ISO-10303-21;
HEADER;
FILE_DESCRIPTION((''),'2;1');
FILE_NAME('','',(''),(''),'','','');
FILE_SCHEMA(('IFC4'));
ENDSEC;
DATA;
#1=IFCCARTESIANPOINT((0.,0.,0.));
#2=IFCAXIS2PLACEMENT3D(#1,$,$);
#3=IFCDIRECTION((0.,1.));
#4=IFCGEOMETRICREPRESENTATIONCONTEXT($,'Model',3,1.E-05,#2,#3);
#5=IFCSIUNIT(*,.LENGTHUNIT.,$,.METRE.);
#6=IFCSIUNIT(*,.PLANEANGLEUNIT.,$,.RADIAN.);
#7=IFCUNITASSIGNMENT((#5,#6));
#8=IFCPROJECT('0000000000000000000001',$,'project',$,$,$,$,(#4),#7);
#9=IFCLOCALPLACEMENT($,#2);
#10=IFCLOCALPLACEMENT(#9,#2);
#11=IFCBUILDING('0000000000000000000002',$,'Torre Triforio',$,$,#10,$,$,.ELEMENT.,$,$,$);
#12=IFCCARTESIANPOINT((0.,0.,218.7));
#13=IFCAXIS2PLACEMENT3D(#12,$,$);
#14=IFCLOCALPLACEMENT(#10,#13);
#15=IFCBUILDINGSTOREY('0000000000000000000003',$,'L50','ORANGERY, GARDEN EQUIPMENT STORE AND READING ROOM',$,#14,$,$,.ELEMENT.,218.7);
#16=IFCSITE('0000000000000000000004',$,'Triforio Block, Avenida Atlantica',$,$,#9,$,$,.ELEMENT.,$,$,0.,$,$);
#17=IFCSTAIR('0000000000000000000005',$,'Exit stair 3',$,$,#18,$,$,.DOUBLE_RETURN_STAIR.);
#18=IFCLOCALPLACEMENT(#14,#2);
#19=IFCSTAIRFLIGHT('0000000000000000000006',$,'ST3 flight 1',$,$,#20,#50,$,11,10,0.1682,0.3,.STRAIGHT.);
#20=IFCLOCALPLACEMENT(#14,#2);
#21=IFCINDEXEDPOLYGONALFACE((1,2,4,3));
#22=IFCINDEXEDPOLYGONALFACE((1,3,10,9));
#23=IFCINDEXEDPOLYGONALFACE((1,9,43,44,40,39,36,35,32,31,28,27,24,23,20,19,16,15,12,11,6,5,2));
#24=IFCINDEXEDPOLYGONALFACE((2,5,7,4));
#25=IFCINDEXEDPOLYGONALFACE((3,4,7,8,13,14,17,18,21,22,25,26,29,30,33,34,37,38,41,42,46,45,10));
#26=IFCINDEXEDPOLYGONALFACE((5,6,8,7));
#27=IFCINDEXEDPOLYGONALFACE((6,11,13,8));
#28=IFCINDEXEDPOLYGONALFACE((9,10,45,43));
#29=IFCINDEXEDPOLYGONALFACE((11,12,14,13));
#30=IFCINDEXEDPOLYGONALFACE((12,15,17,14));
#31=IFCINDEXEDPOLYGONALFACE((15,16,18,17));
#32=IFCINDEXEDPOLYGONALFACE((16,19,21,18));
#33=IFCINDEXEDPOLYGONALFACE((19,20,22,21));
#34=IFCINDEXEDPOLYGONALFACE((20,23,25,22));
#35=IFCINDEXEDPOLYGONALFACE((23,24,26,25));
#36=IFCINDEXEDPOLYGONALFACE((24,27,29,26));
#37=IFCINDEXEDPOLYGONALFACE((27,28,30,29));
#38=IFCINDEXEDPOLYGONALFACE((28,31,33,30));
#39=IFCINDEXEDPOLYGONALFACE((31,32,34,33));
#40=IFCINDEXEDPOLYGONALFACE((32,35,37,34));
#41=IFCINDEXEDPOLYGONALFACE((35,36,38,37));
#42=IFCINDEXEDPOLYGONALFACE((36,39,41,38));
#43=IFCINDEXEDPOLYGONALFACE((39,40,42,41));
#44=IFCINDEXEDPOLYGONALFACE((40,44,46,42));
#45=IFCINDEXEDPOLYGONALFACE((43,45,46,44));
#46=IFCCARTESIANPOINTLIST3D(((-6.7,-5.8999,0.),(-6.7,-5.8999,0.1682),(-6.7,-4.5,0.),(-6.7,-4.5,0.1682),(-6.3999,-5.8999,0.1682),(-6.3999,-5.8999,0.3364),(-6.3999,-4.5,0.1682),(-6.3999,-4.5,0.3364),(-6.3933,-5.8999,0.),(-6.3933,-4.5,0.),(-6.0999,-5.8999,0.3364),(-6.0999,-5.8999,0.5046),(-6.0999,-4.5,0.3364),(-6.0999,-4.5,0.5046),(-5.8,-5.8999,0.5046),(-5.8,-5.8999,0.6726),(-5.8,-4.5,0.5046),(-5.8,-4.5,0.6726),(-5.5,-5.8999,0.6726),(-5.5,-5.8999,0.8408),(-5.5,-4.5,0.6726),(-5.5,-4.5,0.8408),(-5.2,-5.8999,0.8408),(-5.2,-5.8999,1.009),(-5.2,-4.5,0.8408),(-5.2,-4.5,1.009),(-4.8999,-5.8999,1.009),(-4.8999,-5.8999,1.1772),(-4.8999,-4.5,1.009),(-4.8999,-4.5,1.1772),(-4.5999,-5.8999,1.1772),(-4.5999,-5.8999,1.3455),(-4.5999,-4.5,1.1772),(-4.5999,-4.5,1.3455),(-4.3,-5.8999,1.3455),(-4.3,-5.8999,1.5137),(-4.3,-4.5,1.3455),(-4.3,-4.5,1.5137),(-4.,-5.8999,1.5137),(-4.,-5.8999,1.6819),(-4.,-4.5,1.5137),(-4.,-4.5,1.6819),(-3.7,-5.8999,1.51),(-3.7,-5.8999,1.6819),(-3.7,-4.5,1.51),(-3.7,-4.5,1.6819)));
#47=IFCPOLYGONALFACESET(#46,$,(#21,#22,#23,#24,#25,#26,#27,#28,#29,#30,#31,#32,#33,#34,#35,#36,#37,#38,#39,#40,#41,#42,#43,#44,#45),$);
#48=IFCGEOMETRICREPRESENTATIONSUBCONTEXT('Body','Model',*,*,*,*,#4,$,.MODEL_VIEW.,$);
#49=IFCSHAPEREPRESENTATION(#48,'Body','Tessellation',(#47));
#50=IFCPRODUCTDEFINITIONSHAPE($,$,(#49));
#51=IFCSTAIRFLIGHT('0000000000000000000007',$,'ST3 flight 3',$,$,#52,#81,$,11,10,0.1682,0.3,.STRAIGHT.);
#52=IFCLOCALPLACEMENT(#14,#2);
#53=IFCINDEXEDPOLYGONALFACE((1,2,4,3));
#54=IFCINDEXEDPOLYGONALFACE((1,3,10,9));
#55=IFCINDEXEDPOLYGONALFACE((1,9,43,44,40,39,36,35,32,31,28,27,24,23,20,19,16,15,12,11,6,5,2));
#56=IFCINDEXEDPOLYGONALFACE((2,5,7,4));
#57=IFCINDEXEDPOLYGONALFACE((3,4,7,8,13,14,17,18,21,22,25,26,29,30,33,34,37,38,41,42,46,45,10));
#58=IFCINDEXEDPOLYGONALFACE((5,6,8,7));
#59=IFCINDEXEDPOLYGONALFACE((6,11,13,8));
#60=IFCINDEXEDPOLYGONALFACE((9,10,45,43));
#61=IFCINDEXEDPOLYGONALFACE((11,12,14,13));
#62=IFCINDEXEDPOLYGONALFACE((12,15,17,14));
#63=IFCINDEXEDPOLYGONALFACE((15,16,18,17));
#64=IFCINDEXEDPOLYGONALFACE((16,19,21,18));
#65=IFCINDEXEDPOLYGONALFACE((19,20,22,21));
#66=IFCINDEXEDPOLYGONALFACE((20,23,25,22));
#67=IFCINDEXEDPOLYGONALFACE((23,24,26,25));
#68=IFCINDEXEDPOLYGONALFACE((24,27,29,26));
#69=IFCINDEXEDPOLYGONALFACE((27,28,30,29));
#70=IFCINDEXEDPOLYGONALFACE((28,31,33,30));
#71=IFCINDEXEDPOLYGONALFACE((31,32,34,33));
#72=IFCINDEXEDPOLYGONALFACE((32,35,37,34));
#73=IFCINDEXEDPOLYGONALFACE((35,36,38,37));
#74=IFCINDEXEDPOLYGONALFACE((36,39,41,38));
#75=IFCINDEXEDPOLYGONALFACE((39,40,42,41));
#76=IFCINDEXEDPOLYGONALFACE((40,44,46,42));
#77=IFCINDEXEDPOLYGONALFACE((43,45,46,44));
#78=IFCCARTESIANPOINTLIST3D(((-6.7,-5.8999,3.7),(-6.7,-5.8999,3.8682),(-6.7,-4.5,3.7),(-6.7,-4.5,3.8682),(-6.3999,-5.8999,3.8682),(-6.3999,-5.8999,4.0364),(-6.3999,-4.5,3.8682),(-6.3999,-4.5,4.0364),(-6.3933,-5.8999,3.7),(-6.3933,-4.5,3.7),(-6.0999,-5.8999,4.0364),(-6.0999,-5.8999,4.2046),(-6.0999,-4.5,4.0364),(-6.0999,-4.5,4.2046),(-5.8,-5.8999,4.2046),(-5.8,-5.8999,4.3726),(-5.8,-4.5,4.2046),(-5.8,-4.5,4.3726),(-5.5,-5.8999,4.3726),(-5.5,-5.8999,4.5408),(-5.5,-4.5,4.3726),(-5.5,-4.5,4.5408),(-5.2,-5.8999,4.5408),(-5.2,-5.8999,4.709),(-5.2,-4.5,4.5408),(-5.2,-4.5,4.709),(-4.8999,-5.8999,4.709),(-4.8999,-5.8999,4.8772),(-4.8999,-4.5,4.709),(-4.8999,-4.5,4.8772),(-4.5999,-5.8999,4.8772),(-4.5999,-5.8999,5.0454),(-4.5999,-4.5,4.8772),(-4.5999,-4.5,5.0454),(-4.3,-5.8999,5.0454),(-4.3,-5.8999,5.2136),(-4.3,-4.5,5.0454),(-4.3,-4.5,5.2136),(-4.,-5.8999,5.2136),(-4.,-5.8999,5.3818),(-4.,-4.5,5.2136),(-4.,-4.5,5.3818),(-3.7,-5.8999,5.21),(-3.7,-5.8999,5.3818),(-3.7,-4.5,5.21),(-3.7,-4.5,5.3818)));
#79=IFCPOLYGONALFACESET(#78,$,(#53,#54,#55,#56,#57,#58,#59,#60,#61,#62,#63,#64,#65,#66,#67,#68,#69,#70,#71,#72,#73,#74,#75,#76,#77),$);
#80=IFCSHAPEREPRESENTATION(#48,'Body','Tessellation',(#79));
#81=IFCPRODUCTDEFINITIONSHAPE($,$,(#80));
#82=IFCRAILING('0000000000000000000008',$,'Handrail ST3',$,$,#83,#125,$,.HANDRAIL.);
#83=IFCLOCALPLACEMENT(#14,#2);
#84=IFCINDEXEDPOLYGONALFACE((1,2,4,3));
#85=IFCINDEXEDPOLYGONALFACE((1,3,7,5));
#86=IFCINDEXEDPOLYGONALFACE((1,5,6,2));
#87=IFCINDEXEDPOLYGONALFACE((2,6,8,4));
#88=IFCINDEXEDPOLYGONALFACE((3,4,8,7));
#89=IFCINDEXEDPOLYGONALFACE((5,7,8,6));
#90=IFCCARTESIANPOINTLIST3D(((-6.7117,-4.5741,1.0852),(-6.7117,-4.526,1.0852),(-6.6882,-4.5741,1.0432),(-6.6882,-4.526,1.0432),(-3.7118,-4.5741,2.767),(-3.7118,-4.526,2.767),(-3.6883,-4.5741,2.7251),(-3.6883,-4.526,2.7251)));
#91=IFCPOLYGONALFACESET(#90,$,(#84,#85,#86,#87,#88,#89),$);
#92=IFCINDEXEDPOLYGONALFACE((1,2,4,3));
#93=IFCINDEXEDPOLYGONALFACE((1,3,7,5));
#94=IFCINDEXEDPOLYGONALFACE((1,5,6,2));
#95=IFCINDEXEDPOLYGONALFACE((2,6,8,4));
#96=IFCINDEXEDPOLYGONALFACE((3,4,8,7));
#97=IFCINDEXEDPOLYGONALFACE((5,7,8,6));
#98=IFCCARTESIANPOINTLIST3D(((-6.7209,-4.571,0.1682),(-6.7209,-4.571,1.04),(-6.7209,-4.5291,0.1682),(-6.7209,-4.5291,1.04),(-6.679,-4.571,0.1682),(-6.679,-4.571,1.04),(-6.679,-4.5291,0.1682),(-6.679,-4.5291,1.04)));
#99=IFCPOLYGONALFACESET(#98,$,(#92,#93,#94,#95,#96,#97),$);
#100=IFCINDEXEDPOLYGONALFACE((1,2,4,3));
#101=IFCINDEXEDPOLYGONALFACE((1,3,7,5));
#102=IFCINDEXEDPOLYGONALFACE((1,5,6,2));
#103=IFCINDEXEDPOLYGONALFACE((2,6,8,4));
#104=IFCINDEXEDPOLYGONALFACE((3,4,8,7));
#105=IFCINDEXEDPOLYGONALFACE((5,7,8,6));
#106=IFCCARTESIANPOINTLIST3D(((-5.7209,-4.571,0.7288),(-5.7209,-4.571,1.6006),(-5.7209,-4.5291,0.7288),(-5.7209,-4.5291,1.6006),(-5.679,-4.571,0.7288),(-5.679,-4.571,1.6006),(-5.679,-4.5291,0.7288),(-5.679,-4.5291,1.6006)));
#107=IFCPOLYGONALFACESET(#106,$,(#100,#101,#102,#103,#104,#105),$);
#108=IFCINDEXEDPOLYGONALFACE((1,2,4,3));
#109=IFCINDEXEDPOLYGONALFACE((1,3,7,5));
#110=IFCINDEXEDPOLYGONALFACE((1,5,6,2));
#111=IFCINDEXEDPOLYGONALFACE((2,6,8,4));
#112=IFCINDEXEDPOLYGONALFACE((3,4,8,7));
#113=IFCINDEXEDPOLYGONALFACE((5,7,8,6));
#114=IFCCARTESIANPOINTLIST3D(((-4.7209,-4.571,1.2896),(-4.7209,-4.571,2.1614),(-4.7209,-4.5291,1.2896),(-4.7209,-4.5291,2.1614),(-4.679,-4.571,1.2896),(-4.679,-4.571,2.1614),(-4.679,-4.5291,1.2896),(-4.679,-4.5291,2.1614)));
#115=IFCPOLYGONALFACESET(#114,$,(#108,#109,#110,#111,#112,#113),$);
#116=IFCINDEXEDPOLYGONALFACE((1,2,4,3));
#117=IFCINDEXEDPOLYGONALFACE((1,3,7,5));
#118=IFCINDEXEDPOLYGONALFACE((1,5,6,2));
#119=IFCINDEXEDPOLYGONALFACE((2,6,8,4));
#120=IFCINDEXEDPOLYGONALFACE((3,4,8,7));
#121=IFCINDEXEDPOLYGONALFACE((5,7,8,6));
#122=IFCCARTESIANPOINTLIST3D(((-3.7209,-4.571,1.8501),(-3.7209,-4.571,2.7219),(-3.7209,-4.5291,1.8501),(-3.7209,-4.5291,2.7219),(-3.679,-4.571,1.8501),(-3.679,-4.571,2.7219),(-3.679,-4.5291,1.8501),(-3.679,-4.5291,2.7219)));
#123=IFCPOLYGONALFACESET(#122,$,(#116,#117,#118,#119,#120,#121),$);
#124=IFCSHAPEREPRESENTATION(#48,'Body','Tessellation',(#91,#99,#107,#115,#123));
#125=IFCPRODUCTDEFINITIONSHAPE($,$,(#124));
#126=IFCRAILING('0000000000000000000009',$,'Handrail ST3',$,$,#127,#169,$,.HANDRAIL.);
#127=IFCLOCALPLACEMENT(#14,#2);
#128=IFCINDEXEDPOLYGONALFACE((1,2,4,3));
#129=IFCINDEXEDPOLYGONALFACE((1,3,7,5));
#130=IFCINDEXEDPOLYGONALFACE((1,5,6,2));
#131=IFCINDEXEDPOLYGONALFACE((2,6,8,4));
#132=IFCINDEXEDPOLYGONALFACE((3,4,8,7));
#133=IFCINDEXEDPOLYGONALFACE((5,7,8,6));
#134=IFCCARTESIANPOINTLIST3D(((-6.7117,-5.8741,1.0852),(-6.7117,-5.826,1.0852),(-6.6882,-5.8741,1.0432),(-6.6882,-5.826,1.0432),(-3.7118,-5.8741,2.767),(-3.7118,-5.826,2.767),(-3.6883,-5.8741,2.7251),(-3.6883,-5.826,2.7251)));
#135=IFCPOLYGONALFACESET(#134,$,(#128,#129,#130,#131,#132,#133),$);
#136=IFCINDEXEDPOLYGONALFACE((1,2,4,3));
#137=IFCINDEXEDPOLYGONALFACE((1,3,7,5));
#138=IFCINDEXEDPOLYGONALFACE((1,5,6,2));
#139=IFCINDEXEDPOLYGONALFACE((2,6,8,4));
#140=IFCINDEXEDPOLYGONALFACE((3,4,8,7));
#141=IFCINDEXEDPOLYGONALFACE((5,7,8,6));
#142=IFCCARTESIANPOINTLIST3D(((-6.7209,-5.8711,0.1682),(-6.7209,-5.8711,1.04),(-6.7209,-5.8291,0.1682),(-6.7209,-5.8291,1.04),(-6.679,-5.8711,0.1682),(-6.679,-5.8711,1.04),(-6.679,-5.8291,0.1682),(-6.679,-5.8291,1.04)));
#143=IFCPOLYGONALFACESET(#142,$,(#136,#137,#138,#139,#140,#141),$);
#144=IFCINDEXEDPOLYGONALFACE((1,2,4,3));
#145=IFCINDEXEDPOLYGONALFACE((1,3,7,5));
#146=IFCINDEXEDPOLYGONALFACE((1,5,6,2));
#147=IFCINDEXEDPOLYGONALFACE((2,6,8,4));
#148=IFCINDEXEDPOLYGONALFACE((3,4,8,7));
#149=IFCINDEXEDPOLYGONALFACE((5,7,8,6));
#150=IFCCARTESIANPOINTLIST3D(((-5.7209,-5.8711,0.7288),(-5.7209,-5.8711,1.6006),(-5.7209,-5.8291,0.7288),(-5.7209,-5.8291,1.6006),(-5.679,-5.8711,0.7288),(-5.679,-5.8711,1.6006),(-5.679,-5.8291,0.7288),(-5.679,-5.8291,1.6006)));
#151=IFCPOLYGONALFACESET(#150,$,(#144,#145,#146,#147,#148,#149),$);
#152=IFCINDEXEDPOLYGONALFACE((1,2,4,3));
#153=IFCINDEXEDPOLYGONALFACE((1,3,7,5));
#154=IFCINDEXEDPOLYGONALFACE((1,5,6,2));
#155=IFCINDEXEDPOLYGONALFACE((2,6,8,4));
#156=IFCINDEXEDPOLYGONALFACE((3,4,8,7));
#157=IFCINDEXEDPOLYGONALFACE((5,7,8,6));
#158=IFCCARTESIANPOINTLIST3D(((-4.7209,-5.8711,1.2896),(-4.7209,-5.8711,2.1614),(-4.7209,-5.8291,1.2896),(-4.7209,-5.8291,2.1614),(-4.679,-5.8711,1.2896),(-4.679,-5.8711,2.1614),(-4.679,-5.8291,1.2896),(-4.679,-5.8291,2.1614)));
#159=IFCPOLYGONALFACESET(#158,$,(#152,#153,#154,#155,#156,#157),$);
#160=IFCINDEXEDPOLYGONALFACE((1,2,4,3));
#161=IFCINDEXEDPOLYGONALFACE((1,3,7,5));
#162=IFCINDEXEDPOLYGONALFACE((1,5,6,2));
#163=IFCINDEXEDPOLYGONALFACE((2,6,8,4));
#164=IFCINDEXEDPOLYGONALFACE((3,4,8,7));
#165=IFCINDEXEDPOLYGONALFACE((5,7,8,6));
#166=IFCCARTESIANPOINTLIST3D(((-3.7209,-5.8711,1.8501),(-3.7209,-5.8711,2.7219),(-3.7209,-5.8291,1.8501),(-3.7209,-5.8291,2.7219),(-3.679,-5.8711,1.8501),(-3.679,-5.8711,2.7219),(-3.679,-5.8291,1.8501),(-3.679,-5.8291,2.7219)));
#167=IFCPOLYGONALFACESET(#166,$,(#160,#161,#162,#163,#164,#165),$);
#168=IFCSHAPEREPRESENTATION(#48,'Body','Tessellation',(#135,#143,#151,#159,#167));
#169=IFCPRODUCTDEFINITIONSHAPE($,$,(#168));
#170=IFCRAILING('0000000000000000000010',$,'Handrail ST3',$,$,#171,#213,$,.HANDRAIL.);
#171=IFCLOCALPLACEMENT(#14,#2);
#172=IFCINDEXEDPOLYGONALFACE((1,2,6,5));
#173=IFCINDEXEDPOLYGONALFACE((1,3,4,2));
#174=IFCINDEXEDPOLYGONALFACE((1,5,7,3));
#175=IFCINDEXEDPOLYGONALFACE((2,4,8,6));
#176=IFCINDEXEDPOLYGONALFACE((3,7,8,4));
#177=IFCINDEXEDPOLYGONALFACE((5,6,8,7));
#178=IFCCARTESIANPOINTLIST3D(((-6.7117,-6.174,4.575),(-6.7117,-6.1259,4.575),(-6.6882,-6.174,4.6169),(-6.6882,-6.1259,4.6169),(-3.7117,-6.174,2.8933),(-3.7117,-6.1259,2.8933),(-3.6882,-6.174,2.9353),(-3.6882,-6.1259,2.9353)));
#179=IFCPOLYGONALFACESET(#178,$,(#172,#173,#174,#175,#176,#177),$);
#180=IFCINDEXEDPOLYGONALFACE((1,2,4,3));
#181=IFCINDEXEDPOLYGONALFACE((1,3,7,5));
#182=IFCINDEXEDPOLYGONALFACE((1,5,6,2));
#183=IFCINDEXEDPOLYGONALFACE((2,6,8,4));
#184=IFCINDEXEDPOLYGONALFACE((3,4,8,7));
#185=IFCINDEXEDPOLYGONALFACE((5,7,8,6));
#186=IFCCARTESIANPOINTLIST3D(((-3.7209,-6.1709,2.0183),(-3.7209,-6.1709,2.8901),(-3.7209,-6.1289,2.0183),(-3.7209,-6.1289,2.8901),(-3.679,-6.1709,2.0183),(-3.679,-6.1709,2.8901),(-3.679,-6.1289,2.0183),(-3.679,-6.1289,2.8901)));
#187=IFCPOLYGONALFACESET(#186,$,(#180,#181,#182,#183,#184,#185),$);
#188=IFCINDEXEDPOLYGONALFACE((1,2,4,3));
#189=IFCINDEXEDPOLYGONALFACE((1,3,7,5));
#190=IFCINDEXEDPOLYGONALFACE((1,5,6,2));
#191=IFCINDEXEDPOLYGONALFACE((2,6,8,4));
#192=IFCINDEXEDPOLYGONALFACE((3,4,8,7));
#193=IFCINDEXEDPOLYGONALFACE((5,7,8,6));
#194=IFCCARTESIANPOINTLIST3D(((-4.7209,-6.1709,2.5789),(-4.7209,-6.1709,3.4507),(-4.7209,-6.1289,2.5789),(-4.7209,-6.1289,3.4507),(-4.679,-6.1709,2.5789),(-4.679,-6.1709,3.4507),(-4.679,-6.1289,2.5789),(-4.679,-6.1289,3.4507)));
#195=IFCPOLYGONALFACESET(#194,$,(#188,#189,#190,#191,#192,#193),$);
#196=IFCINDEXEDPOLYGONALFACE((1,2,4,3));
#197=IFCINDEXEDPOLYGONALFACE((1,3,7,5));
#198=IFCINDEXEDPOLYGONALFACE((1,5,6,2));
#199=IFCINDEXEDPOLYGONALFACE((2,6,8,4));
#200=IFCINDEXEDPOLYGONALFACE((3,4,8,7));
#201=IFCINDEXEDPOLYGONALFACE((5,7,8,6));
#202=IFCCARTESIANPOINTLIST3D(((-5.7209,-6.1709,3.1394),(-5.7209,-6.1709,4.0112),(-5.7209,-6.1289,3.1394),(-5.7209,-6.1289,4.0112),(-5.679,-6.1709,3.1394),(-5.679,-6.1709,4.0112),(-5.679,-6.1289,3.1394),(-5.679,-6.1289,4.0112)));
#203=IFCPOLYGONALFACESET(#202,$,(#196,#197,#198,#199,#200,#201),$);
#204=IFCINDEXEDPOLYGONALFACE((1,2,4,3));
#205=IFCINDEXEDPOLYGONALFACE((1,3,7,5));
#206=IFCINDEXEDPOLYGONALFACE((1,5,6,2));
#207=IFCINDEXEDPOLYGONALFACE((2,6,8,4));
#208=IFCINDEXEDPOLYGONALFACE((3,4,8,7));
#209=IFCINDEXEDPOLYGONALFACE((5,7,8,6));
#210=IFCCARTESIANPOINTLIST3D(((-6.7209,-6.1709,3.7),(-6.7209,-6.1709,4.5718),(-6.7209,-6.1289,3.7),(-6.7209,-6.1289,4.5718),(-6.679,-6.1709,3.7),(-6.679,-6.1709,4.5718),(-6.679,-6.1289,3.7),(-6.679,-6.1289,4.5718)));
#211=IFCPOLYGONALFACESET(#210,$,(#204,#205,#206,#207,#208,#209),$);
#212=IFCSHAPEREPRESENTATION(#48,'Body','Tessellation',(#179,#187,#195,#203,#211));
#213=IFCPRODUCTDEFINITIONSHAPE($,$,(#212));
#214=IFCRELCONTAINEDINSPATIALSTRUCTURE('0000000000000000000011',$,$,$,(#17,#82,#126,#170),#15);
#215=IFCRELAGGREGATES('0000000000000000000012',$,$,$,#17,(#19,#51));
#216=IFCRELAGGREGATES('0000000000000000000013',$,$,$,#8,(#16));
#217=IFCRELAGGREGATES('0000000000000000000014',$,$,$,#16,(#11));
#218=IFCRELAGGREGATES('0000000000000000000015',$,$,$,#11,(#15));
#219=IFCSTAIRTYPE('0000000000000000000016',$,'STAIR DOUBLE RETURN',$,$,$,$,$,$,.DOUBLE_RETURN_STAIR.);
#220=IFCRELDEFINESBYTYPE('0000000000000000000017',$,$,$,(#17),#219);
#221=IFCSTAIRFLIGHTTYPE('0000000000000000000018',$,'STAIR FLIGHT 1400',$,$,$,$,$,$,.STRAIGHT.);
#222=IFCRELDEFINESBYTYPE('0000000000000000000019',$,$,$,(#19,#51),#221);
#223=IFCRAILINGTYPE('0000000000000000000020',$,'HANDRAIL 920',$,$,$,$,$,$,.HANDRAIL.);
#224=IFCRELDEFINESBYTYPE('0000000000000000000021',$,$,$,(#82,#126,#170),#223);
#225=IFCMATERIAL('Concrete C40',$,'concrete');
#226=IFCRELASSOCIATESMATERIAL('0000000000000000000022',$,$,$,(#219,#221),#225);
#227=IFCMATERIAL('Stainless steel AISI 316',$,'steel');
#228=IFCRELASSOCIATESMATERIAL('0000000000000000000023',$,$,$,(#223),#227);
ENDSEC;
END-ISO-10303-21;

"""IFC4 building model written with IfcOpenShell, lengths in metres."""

from ifc_helpers import new_model, si_unit, direction, frame, origin, origin_2d, place, context, subcontext, project, spatial, polyline, rectangle, outline, extrude, material, type_object, element, aggregate, save


model = new_model("IFC4")

# Units and contexts
model_context = context("Model", 3, precision=1e-05, world=origin(), true_north=direction((0.0, 1.0)))
body_context = subcontext(model_context, "Body", "Model", "MODEL_VIEW")
ifc_project = project(units=[si_unit("LENGTHUNIT", "METRE"), si_unit("PLANEANGLEUNIT", "RADIAN")], contexts=[model_context])

# Site, building, storey
site_placement = place(None, origin())
site = spatial("IfcSite", under=ifc_project, at=site_placement, Name="Triforio Block, Avenida Atlantica", CompositionType="ELEMENT", RefElevation=0.0)
building_placement = place(site_placement, origin())
building = spatial("IfcBuilding", under=site, at=building_placement, Name="Torre Triforio", CompositionType="ELEMENT")
storey_placement = place(building_placement, frame((0.0, 0.0, 218.7)))
storey = spatial("IfcBuildingStorey", under=building, at=storey_placement, Name="L50", Description="ORANGERY, GARDEN EQUIPMENT STORE AND READING ROOM", CompositionType="ELEMENT", Elevation=218.7)

# Shared definitions
ifc_material_1 = material(Name="Concrete C40", Category="concrete")

# Stair, stair flights
stair_type = type_object("IfcStairType", Name="STAIR DOUBLE RETURN", PredefinedType="DOUBLE_RETURN_STAIR", material=ifc_material_1)
stair_placement = place(storey_placement, origin())
stair = element("IfcStair", 1, at=stair_placement, inside=storey, type_object=stair_type, Name="Exit stair 3", PredefinedType="DOUBLE_RETURN_STAIR")
stair_flight_type = type_object("IfcStairFlightType", Name="STAIR FLIGHT 1400", PredefinedType="STRAIGHT", material=ifc_material_1)
stair_flight_1_placement = place(storey_placement, frame((-6.7, -5.2, 0.0), z_axis=(0.0, 0.0, 1.0), x_axis=(1.0, 0.0, 0.0)))
stair_flight_1 = element("IfcStairFlight", 2, at=stair_flight_1_placement, type_object=stair_flight_type, Name="ST3 flight 1", NumberOfRisers=11, NumberOfTreads=10, PredefinedType="STRAIGHT", RiserHeight=0.1682, TreadLength=0.3, context=body_context, shape_type="SweptSolid", body=[
    extrude(outline(polyline([(0.0, 0.0), (0.0, 0.1682), (0.3, 0.1682), (0.3, 0.3364), (0.6001, 0.3364), (0.6001, 0.5046), (0.8999, 0.5046), (0.8999, 0.6726), (1.2, 0.6726), (1.2, 0.8408), (1.5, 0.8408), (1.5, 1.009), (1.8, 1.009), (1.8, 1.1772), (2.1001, 1.1772), (2.1001, 1.3455), (2.3999, 1.3455), (2.3999, 1.5137), (2.7, 1.5137), (2.7, 1.6819), (3.0, 1.6819), (3.0, 1.8501), (3.0, 1.51), (0.3066, 0.0), (0.0, 0.0)])), frame((0.0, 0.7, 0.0), z_axis=(0.0, -1.0, 0.0), x_axis=(1.0, 0.0, 0.0)), (0.0, 0.0, 1.0), 1.3999),
])
stair_flight_2_placement = place(storey_placement, frame((-6.7, -5.2, 3.7), z_axis=(0.0, 0.0, 1.0), x_axis=(1.0, 0.0, 0.0)))
stair_flight_2 = element("IfcStairFlight", 3, at=stair_flight_2_placement, type_object=stair_flight_type, Name="ST3 flight 3", NumberOfRisers=11, NumberOfTreads=10, PredefinedType="STRAIGHT", RiserHeight=0.1682, TreadLength=0.3, context=body_context, shape_type="SweptSolid", body=[
    extrude(outline(polyline([(0.0, 0.0), (0.0, 0.1682), (0.3, 0.1682), (0.3, 0.3364), (0.6001, 0.3364), (0.6001, 0.5046), (0.8999, 0.5046), (0.8999, 0.6726), (1.2, 0.6726), (1.2, 0.8408), (1.5, 0.8408), (1.5, 1.009), (1.8, 1.009), (1.8, 1.1772), (2.1001, 1.1772), (2.1001, 1.3455), (2.3999, 1.3455), (2.3999, 1.5137), (2.7, 1.5137), (2.7, 1.6819), (3.0, 1.6819), (3.0, 1.8501), (3.0, 1.51), (0.3066, 0.0), (0.0, 0.0)])), frame((0.0, 0.7, 0.0), z_axis=(0.0, -1.0, 0.0), x_axis=(1.0, 0.0, 0.0)), (0.0, 0.0, 1.0), 1.3999),
])
aggregate(stair, [stair_flight_1, stair_flight_2])

# Railings
ifc_material_2 = material(Name="Stainless steel AISI 316", Category="steel")
railing_type = type_object("IfcRailingType", Name="HANDRAIL 920", PredefinedType="HANDRAIL", material=ifc_material_2)
for number, where, name in (
    (4, (-6.7, -4.55, 0.1682), "Handrail ST3"),
    (5, (-6.7, -5.8501, 0.1682), "Handrail ST3"),
):
    element("IfcRailing", number, at=place(storey_placement, frame(where)), inside=storey, type_object=railing_type, Name=name, PredefinedType="HANDRAIL", context=body_context, shape_type="SweptSolid", body=[
        extrude(rectangle(XDim=0.0481, YDim=0.0481, at=origin_2d()), frame((0.0, 0.0, 0.896), z_axis=(0.872272, 0.0, 0.48902), x_axis=(0.0, 1.0, 0.0)), (0.0, 0.0, 1.0), 3.4392),
        extrude(rectangle(XDim=0.042, YDim=0.042, at=origin_2d()), origin(), (0.0, 0.0, 1.0), 0.8718),
        extrude(rectangle(XDim=0.042, YDim=0.042, at=origin_2d()), frame((1.0, 0.0, 0.5605)), (0.0, 0.0, 1.0), 0.8718),
        extrude(rectangle(XDim=0.042, YDim=0.042, at=origin_2d()), frame((2.0, 0.0, 1.1213)), (0.0, 0.0, 1.0), 0.8718),
        extrude(rectangle(XDim=0.042, YDim=0.042, at=origin_2d()), frame((3.0, 0.0, 1.6819)), (0.0, 0.0, 1.0), 0.8718),
    ])
railing_1_placement = place(storey_placement, frame((-3.7, -6.1499, 2.0183)))
element("IfcRailing", 6, at=railing_1_placement, inside=storey, type_object=railing_type, Name="Handrail ST3", PredefinedType="HANDRAIL", context=body_context, shape_type="SweptSolid", body=[
    extrude(rectangle(XDim=0.0481, YDim=0.0481, at=origin_2d()), frame((0.0, 0.0, 0.896), z_axis=(-0.872303, 0.0, 0.488966), x_axis=(0.0, -1.0, 0.0)), (0.0, 0.0, 1.0), 3.4392),
    extrude(rectangle(XDim=0.042, YDim=0.042, at=origin_2d()), origin(), (0.0, 0.0, 1.0), 0.8718),
    extrude(rectangle(XDim=0.042, YDim=0.042, at=origin_2d()), frame((-1.0, 0.0, 0.5605)), (0.0, 0.0, 1.0), 0.8718),
    extrude(rectangle(XDim=0.042, YDim=0.042, at=origin_2d()), frame((-2.0, 0.0, 1.1211)), (0.0, 0.0, 1.0), 0.8718),
    extrude(rectangle(XDim=0.042, YDim=0.042, at=origin_2d()), frame((-3.0, 0.0, 1.6816)), (0.0, 0.0, 1.0), 0.8718),
])

save(model, "model.ifc")
